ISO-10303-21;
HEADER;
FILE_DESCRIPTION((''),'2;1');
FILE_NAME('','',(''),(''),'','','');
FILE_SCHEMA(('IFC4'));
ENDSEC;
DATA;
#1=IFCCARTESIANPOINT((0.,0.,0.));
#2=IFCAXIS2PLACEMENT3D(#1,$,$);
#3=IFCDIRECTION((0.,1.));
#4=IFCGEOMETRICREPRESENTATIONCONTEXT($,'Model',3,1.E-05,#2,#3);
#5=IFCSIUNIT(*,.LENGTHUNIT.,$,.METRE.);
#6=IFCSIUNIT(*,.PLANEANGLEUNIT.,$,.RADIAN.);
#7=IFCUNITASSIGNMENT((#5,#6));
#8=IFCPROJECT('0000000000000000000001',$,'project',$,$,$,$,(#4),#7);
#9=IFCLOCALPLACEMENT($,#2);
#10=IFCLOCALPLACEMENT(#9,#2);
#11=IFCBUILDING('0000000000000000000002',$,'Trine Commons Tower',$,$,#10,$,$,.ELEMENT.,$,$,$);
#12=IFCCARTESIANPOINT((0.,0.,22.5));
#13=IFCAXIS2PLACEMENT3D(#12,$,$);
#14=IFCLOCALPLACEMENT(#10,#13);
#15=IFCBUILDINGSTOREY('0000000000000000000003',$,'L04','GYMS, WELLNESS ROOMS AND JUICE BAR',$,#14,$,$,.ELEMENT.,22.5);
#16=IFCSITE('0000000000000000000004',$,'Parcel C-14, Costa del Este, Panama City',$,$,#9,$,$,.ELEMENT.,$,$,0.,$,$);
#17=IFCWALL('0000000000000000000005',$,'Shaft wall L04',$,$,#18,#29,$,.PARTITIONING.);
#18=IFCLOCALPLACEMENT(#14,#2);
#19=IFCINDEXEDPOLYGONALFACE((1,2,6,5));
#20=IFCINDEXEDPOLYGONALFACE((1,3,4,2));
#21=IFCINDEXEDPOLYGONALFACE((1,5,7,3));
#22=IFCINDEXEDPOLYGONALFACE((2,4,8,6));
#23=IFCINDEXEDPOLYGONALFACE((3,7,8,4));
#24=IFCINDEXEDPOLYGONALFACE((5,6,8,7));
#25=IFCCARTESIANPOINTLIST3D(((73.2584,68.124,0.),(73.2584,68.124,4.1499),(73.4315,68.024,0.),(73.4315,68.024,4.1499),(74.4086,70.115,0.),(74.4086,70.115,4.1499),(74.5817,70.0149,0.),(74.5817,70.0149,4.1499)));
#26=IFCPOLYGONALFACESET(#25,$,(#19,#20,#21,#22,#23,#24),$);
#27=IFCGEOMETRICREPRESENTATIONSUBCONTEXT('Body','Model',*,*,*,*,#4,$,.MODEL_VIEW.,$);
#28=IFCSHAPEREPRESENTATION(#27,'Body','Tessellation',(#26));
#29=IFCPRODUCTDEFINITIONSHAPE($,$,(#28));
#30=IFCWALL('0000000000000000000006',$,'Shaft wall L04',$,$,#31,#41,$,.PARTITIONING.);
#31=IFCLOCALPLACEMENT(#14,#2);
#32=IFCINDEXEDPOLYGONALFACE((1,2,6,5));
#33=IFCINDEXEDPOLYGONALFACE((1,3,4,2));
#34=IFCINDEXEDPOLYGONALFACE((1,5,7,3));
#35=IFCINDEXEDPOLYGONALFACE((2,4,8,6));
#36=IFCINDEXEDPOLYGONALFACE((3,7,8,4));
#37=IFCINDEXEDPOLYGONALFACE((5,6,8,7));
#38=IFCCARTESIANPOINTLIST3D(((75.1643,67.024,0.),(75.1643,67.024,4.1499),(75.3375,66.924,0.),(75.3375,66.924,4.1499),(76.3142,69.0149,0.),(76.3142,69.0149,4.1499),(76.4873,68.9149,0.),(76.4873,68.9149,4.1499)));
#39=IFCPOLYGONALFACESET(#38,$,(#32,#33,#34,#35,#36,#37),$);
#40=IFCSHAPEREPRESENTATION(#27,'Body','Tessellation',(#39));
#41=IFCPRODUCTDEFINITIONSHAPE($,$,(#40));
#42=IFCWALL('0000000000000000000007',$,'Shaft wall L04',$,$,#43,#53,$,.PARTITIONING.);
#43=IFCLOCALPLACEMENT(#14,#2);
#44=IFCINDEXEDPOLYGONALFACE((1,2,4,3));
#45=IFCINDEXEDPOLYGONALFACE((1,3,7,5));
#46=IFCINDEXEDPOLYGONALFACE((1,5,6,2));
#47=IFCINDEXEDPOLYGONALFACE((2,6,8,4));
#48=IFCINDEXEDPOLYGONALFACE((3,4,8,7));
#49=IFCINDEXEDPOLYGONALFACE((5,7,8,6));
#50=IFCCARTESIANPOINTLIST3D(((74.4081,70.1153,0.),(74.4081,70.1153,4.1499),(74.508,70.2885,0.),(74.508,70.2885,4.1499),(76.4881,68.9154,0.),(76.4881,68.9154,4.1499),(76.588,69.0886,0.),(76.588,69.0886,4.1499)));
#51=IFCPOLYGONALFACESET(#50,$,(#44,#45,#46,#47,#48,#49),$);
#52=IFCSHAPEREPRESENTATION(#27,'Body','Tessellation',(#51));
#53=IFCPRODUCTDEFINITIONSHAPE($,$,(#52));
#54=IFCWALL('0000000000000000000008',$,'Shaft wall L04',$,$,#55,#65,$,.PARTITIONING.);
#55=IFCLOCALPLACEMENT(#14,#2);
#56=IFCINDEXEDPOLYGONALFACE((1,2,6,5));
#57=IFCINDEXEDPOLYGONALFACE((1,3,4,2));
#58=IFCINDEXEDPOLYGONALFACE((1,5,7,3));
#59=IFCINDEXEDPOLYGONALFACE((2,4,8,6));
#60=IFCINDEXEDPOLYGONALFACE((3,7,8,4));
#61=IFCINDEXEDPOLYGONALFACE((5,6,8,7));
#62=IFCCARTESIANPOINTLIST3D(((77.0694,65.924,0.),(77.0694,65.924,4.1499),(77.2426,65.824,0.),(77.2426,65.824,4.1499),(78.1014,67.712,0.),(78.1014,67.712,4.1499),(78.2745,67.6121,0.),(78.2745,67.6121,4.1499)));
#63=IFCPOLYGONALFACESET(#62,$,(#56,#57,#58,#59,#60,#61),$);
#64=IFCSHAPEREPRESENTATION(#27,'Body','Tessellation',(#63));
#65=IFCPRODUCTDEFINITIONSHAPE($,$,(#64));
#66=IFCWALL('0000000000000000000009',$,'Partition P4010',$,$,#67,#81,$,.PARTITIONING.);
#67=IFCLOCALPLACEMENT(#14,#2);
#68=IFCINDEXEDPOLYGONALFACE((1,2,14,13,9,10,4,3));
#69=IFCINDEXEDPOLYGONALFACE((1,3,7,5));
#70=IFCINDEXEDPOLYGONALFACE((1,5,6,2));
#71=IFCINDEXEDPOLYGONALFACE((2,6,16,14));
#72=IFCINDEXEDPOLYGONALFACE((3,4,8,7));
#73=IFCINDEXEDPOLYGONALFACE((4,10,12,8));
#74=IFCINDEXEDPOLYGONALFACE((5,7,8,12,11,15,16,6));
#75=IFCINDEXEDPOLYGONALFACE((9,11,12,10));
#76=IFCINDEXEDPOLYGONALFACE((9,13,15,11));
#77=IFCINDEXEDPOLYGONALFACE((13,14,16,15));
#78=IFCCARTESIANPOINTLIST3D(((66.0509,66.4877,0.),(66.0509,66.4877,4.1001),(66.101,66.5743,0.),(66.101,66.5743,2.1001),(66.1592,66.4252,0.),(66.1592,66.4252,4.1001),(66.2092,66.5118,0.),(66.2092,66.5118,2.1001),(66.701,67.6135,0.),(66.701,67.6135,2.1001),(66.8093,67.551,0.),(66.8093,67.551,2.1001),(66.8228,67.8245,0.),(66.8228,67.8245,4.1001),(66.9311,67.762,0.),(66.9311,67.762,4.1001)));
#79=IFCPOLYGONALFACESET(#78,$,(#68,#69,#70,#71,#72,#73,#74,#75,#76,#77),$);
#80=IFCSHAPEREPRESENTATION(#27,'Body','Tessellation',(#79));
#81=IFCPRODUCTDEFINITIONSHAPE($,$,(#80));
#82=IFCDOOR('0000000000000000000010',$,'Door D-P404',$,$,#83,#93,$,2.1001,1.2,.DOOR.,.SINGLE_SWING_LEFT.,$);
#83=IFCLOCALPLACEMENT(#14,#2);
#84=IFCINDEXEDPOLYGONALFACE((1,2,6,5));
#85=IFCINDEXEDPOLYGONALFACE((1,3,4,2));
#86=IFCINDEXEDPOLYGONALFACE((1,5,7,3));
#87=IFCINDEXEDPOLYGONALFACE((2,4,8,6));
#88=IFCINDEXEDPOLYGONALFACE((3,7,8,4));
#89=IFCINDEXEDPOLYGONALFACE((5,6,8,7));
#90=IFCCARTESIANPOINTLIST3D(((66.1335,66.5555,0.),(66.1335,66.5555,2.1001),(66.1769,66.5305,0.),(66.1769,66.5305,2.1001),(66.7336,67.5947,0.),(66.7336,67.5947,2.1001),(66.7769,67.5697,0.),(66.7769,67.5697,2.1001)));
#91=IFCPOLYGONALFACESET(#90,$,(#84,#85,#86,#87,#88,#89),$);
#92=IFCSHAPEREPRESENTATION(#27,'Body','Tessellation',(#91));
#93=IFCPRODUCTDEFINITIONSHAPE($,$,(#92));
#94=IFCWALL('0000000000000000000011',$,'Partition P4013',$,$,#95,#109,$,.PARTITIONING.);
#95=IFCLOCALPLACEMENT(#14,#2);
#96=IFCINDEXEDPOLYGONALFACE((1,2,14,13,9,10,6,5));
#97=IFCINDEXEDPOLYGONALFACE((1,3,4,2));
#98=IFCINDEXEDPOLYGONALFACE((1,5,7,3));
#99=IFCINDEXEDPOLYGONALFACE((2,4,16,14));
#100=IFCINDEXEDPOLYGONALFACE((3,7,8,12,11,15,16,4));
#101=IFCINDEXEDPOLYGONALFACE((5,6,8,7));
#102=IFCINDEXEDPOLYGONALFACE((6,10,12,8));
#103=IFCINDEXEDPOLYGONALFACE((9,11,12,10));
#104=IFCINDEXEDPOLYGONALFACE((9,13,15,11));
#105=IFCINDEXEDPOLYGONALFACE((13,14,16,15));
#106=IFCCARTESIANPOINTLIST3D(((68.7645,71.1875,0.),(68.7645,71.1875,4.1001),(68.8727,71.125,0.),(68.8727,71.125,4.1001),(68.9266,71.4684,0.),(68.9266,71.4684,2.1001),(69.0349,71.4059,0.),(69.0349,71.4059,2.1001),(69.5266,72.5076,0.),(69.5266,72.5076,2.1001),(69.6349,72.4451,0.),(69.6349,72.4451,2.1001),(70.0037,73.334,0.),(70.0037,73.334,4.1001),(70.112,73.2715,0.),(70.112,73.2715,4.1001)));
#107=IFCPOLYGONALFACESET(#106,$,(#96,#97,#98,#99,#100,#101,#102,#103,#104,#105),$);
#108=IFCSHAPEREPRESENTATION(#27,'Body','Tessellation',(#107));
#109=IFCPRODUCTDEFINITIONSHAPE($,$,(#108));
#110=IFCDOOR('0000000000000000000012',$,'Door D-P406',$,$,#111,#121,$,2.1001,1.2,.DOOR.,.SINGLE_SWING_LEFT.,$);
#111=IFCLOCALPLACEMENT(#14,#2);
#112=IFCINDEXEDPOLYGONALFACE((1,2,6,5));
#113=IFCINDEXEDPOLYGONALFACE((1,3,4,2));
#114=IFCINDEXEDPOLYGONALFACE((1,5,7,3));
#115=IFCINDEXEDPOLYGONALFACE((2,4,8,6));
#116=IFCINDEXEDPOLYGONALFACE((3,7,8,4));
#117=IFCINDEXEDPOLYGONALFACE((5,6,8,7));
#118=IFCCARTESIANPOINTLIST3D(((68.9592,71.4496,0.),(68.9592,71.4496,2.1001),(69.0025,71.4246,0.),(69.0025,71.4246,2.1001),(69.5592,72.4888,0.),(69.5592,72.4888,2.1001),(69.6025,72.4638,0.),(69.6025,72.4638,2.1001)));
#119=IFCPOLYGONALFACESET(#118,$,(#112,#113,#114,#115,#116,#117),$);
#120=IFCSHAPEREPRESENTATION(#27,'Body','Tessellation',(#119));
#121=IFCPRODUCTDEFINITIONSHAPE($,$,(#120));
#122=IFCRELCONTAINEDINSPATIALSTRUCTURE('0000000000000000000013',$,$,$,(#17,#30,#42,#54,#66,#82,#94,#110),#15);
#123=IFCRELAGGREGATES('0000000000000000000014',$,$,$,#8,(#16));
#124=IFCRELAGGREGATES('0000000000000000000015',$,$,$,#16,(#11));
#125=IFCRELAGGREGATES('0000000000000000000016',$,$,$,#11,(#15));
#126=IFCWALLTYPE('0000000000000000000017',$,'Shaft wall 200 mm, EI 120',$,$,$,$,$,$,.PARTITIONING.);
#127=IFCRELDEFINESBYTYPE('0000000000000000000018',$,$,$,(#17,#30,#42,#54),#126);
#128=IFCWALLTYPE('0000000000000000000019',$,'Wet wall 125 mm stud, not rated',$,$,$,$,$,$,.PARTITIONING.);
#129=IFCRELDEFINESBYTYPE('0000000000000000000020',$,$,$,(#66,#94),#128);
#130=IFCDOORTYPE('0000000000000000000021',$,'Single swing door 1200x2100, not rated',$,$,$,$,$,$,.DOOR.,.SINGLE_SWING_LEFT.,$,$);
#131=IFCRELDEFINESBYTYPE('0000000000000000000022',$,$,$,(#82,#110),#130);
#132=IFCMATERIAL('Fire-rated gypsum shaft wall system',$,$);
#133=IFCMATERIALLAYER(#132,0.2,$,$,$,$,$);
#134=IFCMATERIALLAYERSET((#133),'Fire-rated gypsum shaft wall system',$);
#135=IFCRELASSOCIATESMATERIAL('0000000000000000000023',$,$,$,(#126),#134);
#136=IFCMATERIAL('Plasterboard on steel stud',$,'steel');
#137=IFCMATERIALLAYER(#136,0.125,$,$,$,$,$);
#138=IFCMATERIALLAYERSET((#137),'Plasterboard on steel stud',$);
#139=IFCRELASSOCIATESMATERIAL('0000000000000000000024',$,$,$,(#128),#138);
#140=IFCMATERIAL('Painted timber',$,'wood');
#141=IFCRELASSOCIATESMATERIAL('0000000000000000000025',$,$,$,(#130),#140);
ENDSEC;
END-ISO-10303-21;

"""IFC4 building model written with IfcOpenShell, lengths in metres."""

from ifc_helpers import new_model, si_unit, direction, frame, frame_2d, origin, place, context, subcontext, project, spatial, rectangle, extrude, material, layer, layer_set, type_object, element, fill, save


model = new_model("IFC4")

# Units and contexts
model_context = context("Model", 3, precision=1e-05, world=origin(), true_north=direction((0.0, 1.0)))
body_context = subcontext(model_context, "Body", "Model", "MODEL_VIEW")
ifc_project = project(units=[si_unit("LENGTHUNIT", "METRE"), si_unit("PLANEANGLEUNIT", "RADIAN")], contexts=[model_context])

# Site, building, storey
site_placement = place(None, origin())
site = spatial("IfcSite", under=ifc_project, at=site_placement, Name="Parcel C-14, Costa del Este, Panama City", CompositionType="ELEMENT", RefElevation=0.0)
building_placement = place(site_placement, origin())
building = spatial("IfcBuilding", under=site, at=building_placement, Name="Trine Commons Tower", CompositionType="ELEMENT")
storey_placement = place(building_placement, frame((0.0, 0.0, 22.5)))
storey = spatial("IfcBuildingStorey", under=building, at=storey_placement, Name="L04", Description="GYMS, WELLNESS ROOMS AND JUICE BAR", CompositionType="ELEMENT", Elevation=22.5)

# Shared definitions
ifc_material_1 = material(Name="Plasterboard on steel stud", Category="steel")

# Walls
ifc_material_2 = material(Name="Fire-rated gypsum shaft wall system")
ifc_layer_1 = layer(ifc_material_2, 0.2)
ifc_layer_set_1 = layer_set([ifc_layer_1], Name="Fire-rated gypsum shaft wall system")
wall_type_1 = type_object("IfcWallType", Name="Shaft wall 200 mm, EI 120", PredefinedType="PARTITIONING", material=ifc_layer_set_1)
wall_1_placement = place(storey_placement, frame((73.345, 68.074, 0.0), z_axis=(0.0, 0.0, 1.0), x_axis=(0.500216, 0.865901, 0.0)))
element("IfcWall", 1, at=wall_1_placement, inside=storey, type_object=wall_type_1, Name="Shaft wall L04", PredefinedType="PARTITIONING", context=body_context, shape_type="SweptSolid", body=[
    extrude(rectangle(XDim=2.2993, YDim=0.2, at=frame_2d((1.1497, 0.0))), origin(), (0.0, 0.0, 1.0), 4.1499),
])
wall_2_placement = place(storey_placement, frame((75.251, 66.9741, 0.0), z_axis=(0.0, 0.0, 1.0), x_axis=(0.500136, 0.865947, 0.0)))
element("IfcWall", 2, at=wall_2_placement, inside=storey, type_object=wall_type_1, Name="Shaft wall L04", PredefinedType="PARTITIONING", context=body_context, shape_type="SweptSolid", body=[
    extrude(rectangle(XDim=2.2991, YDim=0.2, at=frame_2d((1.1494, 0.0))), origin(), (0.0, 0.0, 1.0), 4.1499),
])
wall_3_placement = place(storey_placement, frame((76.5381, 69.002, 0.0), z_axis=(0.0, 0.0, 1.0), x_axis=(-0.866203, 0.499693, 0.0)))
element("IfcWall", 3, at=wall_3_placement, inside=storey, type_object=wall_type_1, Name="Shaft wall L04", PredefinedType="PARTITIONING", context=body_context, shape_type="SweptSolid", body=[
    extrude(rectangle(XDim=2.4014, YDim=0.2, at=frame_2d((1.2007, 0.0))), origin(), (0.0, 0.0, 1.0), 4.1499),
])
wall_4_placement = place(storey_placement, frame((77.156, 65.874, 0.0), z_axis=(0.0, 0.0, 1.0), x_axis=(0.499866, 0.866103, 0.0)))
element("IfcWall", 4, at=wall_4_placement, inside=storey, type_object=wall_type_1, Name="Shaft wall L04", PredefinedType="PARTITIONING", context=body_context, shape_type="SweptSolid", body=[
    extrude(rectangle(XDim=2.0645, YDim=0.2, at=frame_2d((1.0322, 0.0))), origin(), (0.0, 0.0, 1.0), 4.1499),
])

# Walls, openings, doors
ifc_layer_2 = layer(ifc_material_1, 0.125)
ifc_layer_set_2 = layer_set([ifc_layer_2], Name="Plasterboard on steel stud")
wall_type_2 = type_object("IfcWallType", Name="Wet wall 125 mm stud, not rated", PredefinedType="PARTITIONING", material=ifc_layer_set_2)
wall_5_placement = place(storey_placement, frame((66.105, 66.4563, 0.0), z_axis=(0.0, 0.0, 1.0), x_axis=(0.500051, 0.865996, 0.0)))
wall_5 = element("IfcWall", 5, at=wall_5_placement, inside=storey, type_object=wall_type_2, Name="Partition P4010", PredefinedType="PARTITIONING", context=body_context, shape_type="SweptSolid", body=[
    extrude(rectangle(XDim=1.5437, YDim=0.125, at=frame_2d((0.772, 0.0))), origin(), (0.0, 0.0, 1.0), 4.1001),
])
opening_1_placement = place(wall_5_placement, frame((0.1001, 0.0, 0.0)))
opening_1 = element("IfcOpeningElement", 6, at=opening_1_placement, cuts=wall_5, PredefinedType="OPENING", context=body_context, shape_type="SweptSolid", body=[
    extrude(rectangle(XDim=1.2, YDim=2.1001, at=frame_2d((0.6001, 1.05))), frame((0.0, 0.0725, 0.0), z_axis=(0.0, -1.0, 0.0), x_axis=(1.0, 0.0, 0.0)), (0.0, 0.0, 1.0), 0.145),
])
ifc_material_3 = material(Name="Painted timber", Category="wood")
door_type_1 = type_object("IfcDoorType", Name="Single swing door 1200x2100, not rated", OperationType="SINGLE_SWING_LEFT", PredefinedType="DOOR", material=ifc_material_3)
door_1_placement = place(opening_1_placement, origin())
door_1 = element("IfcDoor", 7, at=door_1_placement, inside=storey, type_object=door_type_1, Name="Door D-P404", OperationType="SINGLE_SWING_LEFT", OverallHeight=2.1001, OverallWidth=1.2, PredefinedType="DOOR", context=body_context, shape_type="SweptSolid", body=[
    extrude(rectangle(XDim=1.2, YDim=2.1001, at=frame_2d((0.6001, 1.05))), frame((0.0, 0.0249, 0.0), z_axis=(0.0, -1.0, 0.0), x_axis=(1.0, 0.0, 0.0)), (0.0, 0.0, 1.0), 0.05),
])
fill(opening_1, door_1)
wall_6_placement = place(storey_placement, frame((68.8186, 71.1562, 0.0), z_axis=(0.0, 0.0, 1.0), x_axis=(0.499995, 0.866028, 0.0)))
wall_6 = element("IfcWall", 8, at=wall_6_placement, inside=storey, type_object=wall_type_2, Name="Partition P4013", PredefinedType="PARTITIONING", context=body_context, shape_type="SweptSolid", body=[
    extrude(rectangle(XDim=2.4785, YDim=0.125, at=frame_2d((1.2393, 0.0))), origin(), (0.0, 0.0, 1.0), 4.1001),
])
opening_2_placement = place(wall_6_placement, frame((0.3242, 0.0, 0.0)))
opening_2 = element("IfcOpeningElement", 9, at=opening_2_placement, cuts=wall_6, PredefinedType="OPENING", context=body_context, shape_type="SweptSolid", body=[
    extrude(rectangle(XDim=1.2, YDim=2.1001, at=frame_2d((0.6001, 1.05))), frame((0.0, 0.0725, 0.0), z_axis=(0.0, -1.0, 0.0), x_axis=(1.0, 0.0, 0.0)), (0.0, 0.0, 1.0), 0.145),
])
door_2_placement = place(opening_2_placement, origin())
door_2 = element("IfcDoor", 10, at=door_2_placement, inside=storey, type_object=door_type_1, Name="Door D-P406", OperationType="SINGLE_SWING_LEFT", OverallHeight=2.1001, OverallWidth=1.2, PredefinedType="DOOR", context=body_context, shape_type="SweptSolid", body=[
    extrude(rectangle(XDim=1.2, YDim=2.1001, at=frame_2d((0.6001, 1.05))), frame((0.0, 0.0249, 0.0), z_axis=(0.0, -1.0, 0.0), x_axis=(1.0, 0.0, 0.0)), (0.0, 0.0, 1.0), 0.05),
])
fill(opening_2, door_2)

save(model, "model.ifc")
